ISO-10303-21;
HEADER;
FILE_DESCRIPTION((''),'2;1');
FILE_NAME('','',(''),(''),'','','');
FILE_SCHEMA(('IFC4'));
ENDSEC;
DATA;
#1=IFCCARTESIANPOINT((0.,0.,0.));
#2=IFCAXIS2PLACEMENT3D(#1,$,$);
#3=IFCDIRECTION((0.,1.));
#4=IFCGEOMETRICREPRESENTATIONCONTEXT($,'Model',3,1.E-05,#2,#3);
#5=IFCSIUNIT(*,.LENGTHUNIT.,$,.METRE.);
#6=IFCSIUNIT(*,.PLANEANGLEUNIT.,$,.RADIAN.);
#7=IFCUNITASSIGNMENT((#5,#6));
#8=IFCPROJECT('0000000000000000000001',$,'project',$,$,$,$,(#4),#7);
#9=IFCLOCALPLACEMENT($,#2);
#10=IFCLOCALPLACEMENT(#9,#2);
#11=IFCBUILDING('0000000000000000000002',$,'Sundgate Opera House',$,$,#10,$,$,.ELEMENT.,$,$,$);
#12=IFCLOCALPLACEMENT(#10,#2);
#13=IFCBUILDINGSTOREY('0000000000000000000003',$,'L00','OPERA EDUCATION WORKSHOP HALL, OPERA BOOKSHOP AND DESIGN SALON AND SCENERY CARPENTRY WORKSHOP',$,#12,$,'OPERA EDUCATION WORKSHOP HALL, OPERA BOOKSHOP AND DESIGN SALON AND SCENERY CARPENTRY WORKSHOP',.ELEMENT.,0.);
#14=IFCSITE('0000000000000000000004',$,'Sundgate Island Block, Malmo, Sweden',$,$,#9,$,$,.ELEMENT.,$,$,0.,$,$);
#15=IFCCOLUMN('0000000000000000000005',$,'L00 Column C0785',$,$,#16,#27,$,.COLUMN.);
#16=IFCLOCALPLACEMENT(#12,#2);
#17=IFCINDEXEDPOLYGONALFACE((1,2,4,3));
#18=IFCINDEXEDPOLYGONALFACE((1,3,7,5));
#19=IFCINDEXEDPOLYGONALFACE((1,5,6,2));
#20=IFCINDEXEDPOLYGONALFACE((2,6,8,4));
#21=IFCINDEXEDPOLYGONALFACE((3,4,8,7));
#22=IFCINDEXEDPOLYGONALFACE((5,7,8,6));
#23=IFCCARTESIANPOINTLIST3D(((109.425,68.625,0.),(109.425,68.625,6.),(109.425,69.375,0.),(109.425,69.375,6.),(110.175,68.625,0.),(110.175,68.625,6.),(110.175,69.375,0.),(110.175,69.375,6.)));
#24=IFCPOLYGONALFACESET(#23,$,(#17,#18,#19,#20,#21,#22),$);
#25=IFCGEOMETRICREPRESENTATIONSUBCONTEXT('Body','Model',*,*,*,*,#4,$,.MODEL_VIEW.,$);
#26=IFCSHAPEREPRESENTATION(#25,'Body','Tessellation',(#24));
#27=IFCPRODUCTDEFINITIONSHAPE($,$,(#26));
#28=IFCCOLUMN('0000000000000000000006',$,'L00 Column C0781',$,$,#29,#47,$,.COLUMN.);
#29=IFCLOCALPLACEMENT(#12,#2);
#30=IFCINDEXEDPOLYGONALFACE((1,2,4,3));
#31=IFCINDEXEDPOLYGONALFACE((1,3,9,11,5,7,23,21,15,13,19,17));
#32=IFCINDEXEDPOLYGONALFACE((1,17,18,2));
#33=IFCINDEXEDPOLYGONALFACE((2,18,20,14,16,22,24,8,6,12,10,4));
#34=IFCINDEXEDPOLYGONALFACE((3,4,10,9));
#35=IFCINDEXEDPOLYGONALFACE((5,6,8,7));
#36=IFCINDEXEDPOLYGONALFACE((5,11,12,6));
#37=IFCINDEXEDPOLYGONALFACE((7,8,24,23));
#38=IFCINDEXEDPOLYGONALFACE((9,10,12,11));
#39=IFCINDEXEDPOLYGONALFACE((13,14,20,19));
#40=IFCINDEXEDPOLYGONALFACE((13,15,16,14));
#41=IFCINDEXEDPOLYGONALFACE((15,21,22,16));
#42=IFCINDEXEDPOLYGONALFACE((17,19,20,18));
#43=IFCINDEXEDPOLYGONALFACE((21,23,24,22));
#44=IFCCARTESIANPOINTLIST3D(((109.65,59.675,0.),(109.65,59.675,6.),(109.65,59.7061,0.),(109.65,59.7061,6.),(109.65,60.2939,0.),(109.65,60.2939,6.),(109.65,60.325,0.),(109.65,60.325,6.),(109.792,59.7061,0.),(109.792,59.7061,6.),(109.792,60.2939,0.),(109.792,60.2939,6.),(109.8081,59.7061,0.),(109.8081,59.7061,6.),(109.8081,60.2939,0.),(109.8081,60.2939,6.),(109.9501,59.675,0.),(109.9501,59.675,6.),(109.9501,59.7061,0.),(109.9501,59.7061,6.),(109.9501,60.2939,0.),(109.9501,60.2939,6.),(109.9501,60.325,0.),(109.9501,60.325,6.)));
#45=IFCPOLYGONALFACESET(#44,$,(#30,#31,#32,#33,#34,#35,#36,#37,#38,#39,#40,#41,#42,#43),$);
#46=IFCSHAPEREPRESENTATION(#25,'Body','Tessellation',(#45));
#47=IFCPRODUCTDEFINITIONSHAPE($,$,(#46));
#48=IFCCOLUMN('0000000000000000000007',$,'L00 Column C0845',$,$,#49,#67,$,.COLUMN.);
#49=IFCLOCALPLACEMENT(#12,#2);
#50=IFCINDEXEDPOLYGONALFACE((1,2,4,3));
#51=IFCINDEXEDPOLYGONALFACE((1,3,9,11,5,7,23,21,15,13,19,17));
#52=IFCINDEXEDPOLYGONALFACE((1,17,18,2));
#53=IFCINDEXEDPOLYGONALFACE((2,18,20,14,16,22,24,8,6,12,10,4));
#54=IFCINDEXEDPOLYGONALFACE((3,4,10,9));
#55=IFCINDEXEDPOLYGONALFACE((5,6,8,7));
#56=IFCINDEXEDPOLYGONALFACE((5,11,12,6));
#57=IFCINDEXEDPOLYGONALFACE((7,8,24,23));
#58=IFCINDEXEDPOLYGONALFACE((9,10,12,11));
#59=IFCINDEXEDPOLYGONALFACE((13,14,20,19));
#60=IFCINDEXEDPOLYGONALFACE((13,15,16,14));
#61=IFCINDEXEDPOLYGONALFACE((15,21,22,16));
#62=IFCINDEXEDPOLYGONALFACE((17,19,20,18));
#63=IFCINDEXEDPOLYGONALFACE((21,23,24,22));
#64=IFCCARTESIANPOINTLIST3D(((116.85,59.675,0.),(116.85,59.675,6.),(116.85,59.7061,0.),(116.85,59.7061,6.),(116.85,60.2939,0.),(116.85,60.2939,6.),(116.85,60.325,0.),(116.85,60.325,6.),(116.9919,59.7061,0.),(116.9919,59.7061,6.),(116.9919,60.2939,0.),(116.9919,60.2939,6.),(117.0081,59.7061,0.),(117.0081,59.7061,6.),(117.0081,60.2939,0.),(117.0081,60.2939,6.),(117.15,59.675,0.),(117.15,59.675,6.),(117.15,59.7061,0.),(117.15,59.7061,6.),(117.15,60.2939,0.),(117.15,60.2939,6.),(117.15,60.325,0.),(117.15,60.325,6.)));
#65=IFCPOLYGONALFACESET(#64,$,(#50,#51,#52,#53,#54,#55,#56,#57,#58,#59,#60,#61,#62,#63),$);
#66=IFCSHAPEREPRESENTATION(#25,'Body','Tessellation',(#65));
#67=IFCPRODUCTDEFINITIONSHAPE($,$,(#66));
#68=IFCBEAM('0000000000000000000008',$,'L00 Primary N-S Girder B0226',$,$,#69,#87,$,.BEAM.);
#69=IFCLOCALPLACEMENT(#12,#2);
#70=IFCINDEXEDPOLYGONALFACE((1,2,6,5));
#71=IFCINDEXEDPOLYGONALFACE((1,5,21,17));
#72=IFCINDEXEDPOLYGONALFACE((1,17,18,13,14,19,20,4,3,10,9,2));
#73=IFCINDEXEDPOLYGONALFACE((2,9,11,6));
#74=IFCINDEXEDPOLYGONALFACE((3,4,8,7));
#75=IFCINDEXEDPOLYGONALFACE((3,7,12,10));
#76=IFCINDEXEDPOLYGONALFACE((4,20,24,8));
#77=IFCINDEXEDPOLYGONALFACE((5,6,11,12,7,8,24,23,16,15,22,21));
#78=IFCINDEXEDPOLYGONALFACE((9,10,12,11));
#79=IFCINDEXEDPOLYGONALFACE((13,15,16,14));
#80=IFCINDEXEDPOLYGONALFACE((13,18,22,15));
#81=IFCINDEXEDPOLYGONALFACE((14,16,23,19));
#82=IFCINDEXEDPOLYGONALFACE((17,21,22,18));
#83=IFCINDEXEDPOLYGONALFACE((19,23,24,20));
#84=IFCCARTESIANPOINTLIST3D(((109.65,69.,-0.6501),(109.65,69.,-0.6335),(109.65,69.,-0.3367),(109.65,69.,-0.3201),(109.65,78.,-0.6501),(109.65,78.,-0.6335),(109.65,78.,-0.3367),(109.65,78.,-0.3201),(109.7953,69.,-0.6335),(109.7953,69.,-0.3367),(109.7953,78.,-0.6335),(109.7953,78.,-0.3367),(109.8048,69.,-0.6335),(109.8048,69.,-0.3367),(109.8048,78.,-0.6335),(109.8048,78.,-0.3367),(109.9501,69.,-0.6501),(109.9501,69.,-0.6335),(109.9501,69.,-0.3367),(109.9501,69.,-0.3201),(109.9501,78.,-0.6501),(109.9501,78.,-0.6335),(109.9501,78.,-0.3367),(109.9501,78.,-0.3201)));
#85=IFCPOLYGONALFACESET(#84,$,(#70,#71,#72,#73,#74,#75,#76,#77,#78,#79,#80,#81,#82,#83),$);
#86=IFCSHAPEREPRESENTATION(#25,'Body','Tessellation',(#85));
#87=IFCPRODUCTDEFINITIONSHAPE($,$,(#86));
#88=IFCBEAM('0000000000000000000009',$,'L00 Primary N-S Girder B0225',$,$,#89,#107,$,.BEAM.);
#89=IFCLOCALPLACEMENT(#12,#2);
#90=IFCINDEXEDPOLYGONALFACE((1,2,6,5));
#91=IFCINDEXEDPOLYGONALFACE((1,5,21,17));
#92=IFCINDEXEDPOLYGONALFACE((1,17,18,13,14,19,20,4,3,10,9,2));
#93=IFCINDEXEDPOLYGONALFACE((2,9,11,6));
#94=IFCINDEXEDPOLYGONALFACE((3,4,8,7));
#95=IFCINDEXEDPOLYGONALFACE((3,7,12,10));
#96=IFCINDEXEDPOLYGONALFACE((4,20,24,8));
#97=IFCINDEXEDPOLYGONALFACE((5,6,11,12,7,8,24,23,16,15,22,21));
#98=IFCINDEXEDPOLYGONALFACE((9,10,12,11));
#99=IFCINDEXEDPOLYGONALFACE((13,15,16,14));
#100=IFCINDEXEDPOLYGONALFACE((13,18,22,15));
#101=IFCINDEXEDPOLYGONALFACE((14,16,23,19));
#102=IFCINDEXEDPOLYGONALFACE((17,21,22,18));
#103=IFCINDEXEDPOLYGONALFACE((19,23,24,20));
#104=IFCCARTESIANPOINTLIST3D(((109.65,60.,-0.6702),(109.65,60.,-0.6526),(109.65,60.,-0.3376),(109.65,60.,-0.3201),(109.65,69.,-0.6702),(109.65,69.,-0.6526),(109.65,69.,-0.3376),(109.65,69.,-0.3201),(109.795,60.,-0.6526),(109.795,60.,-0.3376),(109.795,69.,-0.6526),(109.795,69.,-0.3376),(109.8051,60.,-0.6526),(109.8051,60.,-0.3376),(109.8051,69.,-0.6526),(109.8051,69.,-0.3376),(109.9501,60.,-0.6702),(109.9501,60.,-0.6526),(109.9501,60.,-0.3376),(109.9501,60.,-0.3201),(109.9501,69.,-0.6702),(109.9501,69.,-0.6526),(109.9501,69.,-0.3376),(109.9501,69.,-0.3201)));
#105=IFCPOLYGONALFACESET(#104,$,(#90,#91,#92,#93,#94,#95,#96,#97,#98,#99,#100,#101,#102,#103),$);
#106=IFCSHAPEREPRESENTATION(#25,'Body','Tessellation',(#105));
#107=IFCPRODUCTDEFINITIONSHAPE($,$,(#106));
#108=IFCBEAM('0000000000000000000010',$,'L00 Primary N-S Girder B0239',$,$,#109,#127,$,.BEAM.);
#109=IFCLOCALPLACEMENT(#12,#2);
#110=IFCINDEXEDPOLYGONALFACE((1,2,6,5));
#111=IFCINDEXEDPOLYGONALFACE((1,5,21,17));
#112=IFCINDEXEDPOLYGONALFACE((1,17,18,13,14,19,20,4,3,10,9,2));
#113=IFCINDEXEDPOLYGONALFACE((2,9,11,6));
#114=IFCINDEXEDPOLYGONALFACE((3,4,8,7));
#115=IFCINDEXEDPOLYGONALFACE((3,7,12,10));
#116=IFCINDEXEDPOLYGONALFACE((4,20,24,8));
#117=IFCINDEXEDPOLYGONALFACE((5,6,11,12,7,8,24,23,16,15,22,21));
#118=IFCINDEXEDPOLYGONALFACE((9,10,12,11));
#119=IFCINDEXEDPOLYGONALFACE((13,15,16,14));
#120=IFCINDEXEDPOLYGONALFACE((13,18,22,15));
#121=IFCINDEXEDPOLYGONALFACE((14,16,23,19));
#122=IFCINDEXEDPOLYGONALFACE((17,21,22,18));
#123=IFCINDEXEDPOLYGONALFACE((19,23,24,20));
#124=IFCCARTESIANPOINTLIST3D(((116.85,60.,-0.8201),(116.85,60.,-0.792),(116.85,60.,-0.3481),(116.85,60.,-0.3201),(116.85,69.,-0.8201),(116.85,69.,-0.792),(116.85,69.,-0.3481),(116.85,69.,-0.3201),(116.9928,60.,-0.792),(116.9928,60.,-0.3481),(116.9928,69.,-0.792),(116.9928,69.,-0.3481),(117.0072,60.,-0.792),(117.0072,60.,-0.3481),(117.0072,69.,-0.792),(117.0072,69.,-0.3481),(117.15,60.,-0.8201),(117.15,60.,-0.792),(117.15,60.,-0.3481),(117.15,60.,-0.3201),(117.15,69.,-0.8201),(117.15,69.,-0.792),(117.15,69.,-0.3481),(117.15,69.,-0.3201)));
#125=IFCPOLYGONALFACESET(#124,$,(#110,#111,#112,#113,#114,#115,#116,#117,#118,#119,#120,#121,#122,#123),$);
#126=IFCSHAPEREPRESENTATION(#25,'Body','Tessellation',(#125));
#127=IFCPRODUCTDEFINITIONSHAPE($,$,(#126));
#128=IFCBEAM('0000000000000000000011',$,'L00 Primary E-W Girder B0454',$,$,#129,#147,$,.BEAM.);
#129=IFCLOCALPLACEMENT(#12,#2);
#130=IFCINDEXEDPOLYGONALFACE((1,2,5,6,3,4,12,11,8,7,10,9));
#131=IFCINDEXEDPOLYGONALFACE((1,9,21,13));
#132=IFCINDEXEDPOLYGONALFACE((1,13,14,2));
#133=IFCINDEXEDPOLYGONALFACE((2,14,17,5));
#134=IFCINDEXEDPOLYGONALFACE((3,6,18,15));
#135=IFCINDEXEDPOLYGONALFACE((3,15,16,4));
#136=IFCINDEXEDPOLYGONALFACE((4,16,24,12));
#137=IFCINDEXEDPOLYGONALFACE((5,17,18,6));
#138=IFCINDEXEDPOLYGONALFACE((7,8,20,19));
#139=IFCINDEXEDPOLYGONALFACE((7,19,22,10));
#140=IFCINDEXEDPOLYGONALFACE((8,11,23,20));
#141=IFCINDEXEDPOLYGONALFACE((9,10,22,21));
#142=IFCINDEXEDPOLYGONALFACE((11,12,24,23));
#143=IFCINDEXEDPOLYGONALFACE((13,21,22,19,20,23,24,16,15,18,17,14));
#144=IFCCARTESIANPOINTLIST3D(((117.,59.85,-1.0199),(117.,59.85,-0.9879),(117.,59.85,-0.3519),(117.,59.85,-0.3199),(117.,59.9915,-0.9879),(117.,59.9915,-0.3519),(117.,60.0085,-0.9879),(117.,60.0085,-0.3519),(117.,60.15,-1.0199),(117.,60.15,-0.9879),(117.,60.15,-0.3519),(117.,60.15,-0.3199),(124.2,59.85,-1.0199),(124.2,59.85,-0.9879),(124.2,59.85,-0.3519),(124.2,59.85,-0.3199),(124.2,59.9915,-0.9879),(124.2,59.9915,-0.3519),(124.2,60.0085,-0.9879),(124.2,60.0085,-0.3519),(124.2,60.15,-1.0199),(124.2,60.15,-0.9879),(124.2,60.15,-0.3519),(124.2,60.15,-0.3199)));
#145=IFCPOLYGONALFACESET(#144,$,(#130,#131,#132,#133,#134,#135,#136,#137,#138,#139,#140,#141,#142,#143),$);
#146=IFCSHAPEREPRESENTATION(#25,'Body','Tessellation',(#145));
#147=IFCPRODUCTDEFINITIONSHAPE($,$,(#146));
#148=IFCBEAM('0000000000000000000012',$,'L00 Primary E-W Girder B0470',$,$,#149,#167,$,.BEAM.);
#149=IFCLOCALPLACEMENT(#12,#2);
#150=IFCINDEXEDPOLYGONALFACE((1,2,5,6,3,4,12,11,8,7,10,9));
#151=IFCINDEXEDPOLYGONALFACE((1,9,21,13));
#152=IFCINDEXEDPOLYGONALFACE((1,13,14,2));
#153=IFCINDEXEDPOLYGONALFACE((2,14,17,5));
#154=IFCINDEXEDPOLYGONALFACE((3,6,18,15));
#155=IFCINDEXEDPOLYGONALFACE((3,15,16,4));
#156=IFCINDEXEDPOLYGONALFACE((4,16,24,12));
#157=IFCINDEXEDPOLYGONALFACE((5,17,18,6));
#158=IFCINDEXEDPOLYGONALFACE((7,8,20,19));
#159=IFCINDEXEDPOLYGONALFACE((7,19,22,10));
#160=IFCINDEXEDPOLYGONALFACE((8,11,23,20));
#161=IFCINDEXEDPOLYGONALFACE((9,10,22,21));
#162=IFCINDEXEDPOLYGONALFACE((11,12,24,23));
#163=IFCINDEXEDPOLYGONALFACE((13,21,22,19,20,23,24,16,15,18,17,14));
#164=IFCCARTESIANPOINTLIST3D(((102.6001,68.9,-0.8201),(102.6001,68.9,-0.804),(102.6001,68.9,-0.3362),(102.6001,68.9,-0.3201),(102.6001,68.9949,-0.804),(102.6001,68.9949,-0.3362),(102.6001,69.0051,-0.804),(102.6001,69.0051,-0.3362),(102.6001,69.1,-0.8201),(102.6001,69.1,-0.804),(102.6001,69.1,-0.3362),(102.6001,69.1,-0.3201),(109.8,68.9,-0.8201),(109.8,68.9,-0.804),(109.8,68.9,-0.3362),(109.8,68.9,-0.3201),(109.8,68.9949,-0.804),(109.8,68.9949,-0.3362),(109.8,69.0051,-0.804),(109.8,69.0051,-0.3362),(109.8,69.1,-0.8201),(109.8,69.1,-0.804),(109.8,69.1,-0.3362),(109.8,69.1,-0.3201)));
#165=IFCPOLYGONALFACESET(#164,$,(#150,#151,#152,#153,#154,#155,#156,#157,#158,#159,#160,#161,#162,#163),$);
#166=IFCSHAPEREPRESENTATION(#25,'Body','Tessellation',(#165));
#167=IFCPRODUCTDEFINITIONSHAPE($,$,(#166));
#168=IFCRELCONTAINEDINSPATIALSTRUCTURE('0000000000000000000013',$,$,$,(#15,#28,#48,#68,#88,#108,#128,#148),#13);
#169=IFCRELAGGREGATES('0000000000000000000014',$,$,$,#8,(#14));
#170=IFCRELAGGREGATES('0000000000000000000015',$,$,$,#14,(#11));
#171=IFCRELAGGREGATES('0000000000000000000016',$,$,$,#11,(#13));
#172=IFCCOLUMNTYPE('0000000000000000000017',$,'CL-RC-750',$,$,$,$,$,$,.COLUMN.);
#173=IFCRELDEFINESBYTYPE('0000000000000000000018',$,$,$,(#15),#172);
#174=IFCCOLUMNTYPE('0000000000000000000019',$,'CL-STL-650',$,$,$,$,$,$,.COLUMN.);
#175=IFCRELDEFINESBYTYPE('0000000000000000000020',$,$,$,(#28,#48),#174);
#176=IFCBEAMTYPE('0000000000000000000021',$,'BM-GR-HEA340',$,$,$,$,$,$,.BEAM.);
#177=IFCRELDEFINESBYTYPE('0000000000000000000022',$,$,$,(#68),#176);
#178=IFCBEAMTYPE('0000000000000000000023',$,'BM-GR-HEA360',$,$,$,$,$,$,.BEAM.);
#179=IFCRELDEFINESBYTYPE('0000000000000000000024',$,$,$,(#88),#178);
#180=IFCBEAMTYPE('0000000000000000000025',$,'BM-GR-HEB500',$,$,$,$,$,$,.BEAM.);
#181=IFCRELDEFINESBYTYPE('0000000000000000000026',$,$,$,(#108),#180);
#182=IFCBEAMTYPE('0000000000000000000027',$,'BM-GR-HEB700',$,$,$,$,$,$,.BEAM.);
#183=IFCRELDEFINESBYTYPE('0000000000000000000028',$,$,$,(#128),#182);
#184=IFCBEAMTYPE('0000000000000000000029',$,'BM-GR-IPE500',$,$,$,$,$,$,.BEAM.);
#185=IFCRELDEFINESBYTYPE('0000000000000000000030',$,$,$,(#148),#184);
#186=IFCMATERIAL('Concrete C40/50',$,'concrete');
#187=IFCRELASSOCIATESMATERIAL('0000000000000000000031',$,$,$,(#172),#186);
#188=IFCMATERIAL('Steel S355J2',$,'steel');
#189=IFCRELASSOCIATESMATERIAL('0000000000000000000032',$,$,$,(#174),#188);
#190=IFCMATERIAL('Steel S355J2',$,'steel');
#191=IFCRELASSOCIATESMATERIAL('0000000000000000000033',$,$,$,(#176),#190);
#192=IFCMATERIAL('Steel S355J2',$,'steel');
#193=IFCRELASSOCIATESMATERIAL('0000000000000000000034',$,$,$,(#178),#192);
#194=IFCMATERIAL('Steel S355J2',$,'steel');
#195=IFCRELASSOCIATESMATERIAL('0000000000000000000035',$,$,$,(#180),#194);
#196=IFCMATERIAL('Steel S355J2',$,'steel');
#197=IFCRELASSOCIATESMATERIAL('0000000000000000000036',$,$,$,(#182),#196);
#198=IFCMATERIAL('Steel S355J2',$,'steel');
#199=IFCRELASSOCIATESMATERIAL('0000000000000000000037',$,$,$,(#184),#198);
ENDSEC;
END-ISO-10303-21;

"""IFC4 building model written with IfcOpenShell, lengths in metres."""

from ifc_helpers import new_model, si_unit, direction, frame, origin, origin_2d, place, context, subcontext, project, spatial, rectangle, i_section, extrude, material, material_profile, profile_set, type_object, element, save


model = new_model("IFC4")

# Units and contexts
model_context = context("Model", 3, precision=1e-05, world=origin(), true_north=direction((0.0, 1.0)))
body_context = subcontext(model_context, "Body", "Model", "MODEL_VIEW")
ifc_project = project(units=[si_unit("LENGTHUNIT", "METRE"), si_unit("PLANEANGLEUNIT", "RADIAN")], contexts=[model_context])

# Site, building, storey
site_placement = place(None, origin())
site = spatial("IfcSite", under=ifc_project, at=site_placement, Name="Sundgate Island Block, Malmo, Sweden", CompositionType="ELEMENT", RefElevation=0.0)
building_placement = place(site_placement, origin())
building = spatial("IfcBuilding", under=site, at=building_placement, Name="Sundgate Opera House", CompositionType="ELEMENT")
storey_placement = place(building_placement, origin())
storey = spatial("IfcBuildingStorey", under=building, at=storey_placement, Name="L00", Description="OPERA EDUCATION WORKSHOP HALL, OPERA BOOKSHOP AND DESIGN SALON AND SCENERY CARPENTRY WORKSHOP", LongName="OPERA EDUCATION WORKSHOP HALL, OPERA BOOKSHOP AND DESIGN SALON AND SCENERY CARPENTRY WORKSHOP", CompositionType="ELEMENT", Elevation=0.0)

# Columns
ifc_material_1 = material(Name="Concrete C40/50", Category="concrete")
ifc_material_profile_1 = material_profile(ifc_material_1, rectangle(XDim=0.75, YDim=0.75, at=origin_2d()), Name="RC 750x750")
ifc_profile_set_1 = profile_set([ifc_material_profile_1], Name="Concrete C40/50")
column_type_1 = type_object("IfcColumnType", Name="CL-RC-750", PredefinedType="COLUMN", material=ifc_profile_set_1)
column_placement = place(storey_placement, frame((109.8, 69.0, 0.0), z_axis=(0.0, 0.0, 1.0), x_axis=(1.0, 0.0, 0.0)))
element("IfcColumn", 1, at=column_placement, inside=storey, type_object=column_type_1, Name="L00 Column C0785", PredefinedType="COLUMN", context=body_context, shape_type="SweptSolid", body=[
    extrude(rectangle(XDim=0.75, YDim=0.75, at=origin_2d()), origin(), (0.0, 0.0, 1.0), 6.0),
])
ifc_material_2 = material(Name="Steel S355J2", Category="steel")
ifc_material_profile_2 = material_profile(ifc_material_2, i_section(OverallWidth=0.3, OverallDepth=0.6499, WebThickness=0.0161, FlangeThickness=0.031, at=origin_2d()), Name="HEB 650")
ifc_profile_set_2 = profile_set([ifc_material_profile_2], Name="Steel S355J2")
column_type_2 = type_object("IfcColumnType", Name="CL-STL-650", PredefinedType="COLUMN", material=ifc_profile_set_2)
for number, where, z_axis, x_axis, name in (
    (2, (109.8, 60.0, 0.0), (0.0, 0.0, 1.0), (1.0, 0.0, 0.0), "L00 Column C0781"),
    (3, (117.0, 60.0, 0.0), (0.0, 0.0, 1.0), (1.0, 0.0, 0.0), "L00 Column C0845"),
):
    element("IfcColumn", number, at=place(storey_placement, frame(where, z_axis=z_axis, x_axis=x_axis)), inside=storey, type_object=column_type_2, Name=name, PredefinedType="COLUMN", context=body_context, shape_type="SweptSolid", body=[
        extrude(i_section(OverallWidth=0.3, OverallDepth=0.6499, WebThickness=0.0161, FlangeThickness=0.031, at=origin_2d()), origin(), (0.0, 0.0, 1.0), 6.0),
    ])

# Beams
ifc_material_3 = material(Name="Steel S355J2", Category="steel")
ifc_material_profile_3 = material_profile(ifc_material_3, i_section(OverallWidth=0.3, OverallDepth=0.3301, WebThickness=0.0095, FlangeThickness=0.0166, at=origin_2d()), Name="HEA 340")
ifc_profile_set_3 = profile_set([ifc_material_profile_3], Name="Steel S355J2")
beam_type_1 = type_object("IfcBeamType", Name="BM-GR-HEA340", PredefinedType="BEAM", material=ifc_profile_set_3)
beam_1_placement = place(storey_placement, frame((109.8, 69.0, -0.4851), z_axis=(0.0, 1.0, 0.0), x_axis=(-1.0, 0.0, 0.0)))
element("IfcBeam", 4, at=beam_1_placement, inside=storey, type_object=beam_type_1, Name="L00 Primary N-S Girder B0226", PredefinedType="BEAM", context=body_context, shape_type="SweptSolid", body=[
    extrude(i_section(OverallWidth=0.3, OverallDepth=0.3301, WebThickness=0.0095, FlangeThickness=0.0166, at=origin_2d()), origin(), (0.0, 0.0, 1.0), 9.0),
])
ifc_material_4 = material(Name="Steel S355J2", Category="steel")
ifc_material_profile_4 = material_profile(ifc_material_4, i_section(OverallWidth=0.3, OverallDepth=0.3501, WebThickness=0.01, FlangeThickness=0.0176, at=origin_2d()), Name="HEA 360")
ifc_profile_set_4 = profile_set([ifc_material_profile_4], Name="Steel S355J2")
beam_type_2 = type_object("IfcBeamType", Name="BM-GR-HEA360", PredefinedType="BEAM", material=ifc_profile_set_4)
beam_2_placement = place(storey_placement, frame((109.8, 60.0, -0.4951), z_axis=(0.0, 1.0, 0.0), x_axis=(-1.0, 0.0, 0.0)))
element("IfcBeam", 5, at=beam_2_placement, inside=storey, type_object=beam_type_2, Name="L00 Primary N-S Girder B0225", PredefinedType="BEAM", context=body_context, shape_type="SweptSolid", body=[
    extrude(i_section(OverallWidth=0.3, OverallDepth=0.3501, WebThickness=0.01, FlangeThickness=0.0176, at=origin_2d()), origin(), (0.0, 0.0, 1.0), 9.0),
])
ifc_material_5 = material(Name="Steel S355J2", Category="steel")
ifc_material_profile_5 = material_profile(ifc_material_5, i_section(OverallWidth=0.3, OverallDepth=0.5, WebThickness=0.0144, FlangeThickness=0.0281, at=origin_2d()), Name="HEB 500")
ifc_profile_set_5 = profile_set([ifc_material_profile_5], Name="Steel S355J2")
beam_type_3 = type_object("IfcBeamType", Name="BM-GR-HEB500", PredefinedType="BEAM", material=ifc_profile_set_5)
beam_3_placement = place(storey_placement, frame((117.0, 60.0, -0.5701), z_axis=(0.0, 1.0, 0.0), x_axis=(-1.0, 0.0, 0.0)))
element("IfcBeam", 6, at=beam_3_placement, inside=storey, type_object=beam_type_3, Name="L00 Primary N-S Girder B0239", PredefinedType="BEAM", context=body_context, shape_type="SweptSolid", body=[
    extrude(i_section(OverallWidth=0.3, OverallDepth=0.5, WebThickness=0.0144, FlangeThickness=0.0281, at=origin_2d()), origin(), (0.0, 0.0, 1.0), 9.0),
])
ifc_material_6 = material(Name="Steel S355J2", Category="steel")
ifc_material_profile_6 = material_profile(ifc_material_6, i_section(OverallWidth=0.3, OverallDepth=0.7, WebThickness=0.0171, FlangeThickness=0.032, at=origin_2d()), Name="HEB 700")
ifc_profile_set_6 = profile_set([ifc_material_profile_6], Name="Steel S355J2")
beam_type_4 = type_object("IfcBeamType", Name="BM-GR-HEB700", PredefinedType="BEAM", material=ifc_profile_set_6)
beam_4_placement = place(storey_placement, frame((117.0, 60.0, -0.6699), z_axis=(1.0, 0.0, 0.0), x_axis=(0.0, 1.0, 0.0)))
element("IfcBeam", 7, at=beam_4_placement, inside=storey, type_object=beam_type_4, Name="L00 Primary E-W Girder B0454", PredefinedType="BEAM", context=body_context, shape_type="SweptSolid", body=[
    extrude(i_section(OverallWidth=0.3, OverallDepth=0.7, WebThickness=0.0171, FlangeThickness=0.032, at=origin_2d()), origin(), (0.0, 0.0, 1.0), 7.2),
])
ifc_material_7 = material(Name="Steel S355J2", Category="steel")
ifc_material_profile_7 = material_profile(ifc_material_7, i_section(OverallWidth=0.2, OverallDepth=0.5, WebThickness=0.0103, FlangeThickness=0.0161, at=origin_2d()), Name="IPE 500")
ifc_profile_set_7 = profile_set([ifc_material_profile_7], Name="Steel S355J2")
beam_type_5 = type_object("IfcBeamType", Name="BM-GR-IPE500", PredefinedType="BEAM", material=ifc_profile_set_7)
beam_5_placement = place(storey_placement, frame((102.6001, 69.0, -0.5701), z_axis=(1.0, 0.0, 0.0), x_axis=(0.0, 1.0, 0.0)))
element("IfcBeam", 8, at=beam_5_placement, inside=storey, type_object=beam_type_5, Name="L00 Primary E-W Girder B0470", PredefinedType="BEAM", context=body_context, shape_type="SweptSolid", body=[
    extrude(i_section(OverallWidth=0.2, OverallDepth=0.5, WebThickness=0.0103, FlangeThickness=0.0161, at=origin_2d()), origin(), (0.0, 0.0, 1.0), 7.2),
])

save(model, "model.ifc")
